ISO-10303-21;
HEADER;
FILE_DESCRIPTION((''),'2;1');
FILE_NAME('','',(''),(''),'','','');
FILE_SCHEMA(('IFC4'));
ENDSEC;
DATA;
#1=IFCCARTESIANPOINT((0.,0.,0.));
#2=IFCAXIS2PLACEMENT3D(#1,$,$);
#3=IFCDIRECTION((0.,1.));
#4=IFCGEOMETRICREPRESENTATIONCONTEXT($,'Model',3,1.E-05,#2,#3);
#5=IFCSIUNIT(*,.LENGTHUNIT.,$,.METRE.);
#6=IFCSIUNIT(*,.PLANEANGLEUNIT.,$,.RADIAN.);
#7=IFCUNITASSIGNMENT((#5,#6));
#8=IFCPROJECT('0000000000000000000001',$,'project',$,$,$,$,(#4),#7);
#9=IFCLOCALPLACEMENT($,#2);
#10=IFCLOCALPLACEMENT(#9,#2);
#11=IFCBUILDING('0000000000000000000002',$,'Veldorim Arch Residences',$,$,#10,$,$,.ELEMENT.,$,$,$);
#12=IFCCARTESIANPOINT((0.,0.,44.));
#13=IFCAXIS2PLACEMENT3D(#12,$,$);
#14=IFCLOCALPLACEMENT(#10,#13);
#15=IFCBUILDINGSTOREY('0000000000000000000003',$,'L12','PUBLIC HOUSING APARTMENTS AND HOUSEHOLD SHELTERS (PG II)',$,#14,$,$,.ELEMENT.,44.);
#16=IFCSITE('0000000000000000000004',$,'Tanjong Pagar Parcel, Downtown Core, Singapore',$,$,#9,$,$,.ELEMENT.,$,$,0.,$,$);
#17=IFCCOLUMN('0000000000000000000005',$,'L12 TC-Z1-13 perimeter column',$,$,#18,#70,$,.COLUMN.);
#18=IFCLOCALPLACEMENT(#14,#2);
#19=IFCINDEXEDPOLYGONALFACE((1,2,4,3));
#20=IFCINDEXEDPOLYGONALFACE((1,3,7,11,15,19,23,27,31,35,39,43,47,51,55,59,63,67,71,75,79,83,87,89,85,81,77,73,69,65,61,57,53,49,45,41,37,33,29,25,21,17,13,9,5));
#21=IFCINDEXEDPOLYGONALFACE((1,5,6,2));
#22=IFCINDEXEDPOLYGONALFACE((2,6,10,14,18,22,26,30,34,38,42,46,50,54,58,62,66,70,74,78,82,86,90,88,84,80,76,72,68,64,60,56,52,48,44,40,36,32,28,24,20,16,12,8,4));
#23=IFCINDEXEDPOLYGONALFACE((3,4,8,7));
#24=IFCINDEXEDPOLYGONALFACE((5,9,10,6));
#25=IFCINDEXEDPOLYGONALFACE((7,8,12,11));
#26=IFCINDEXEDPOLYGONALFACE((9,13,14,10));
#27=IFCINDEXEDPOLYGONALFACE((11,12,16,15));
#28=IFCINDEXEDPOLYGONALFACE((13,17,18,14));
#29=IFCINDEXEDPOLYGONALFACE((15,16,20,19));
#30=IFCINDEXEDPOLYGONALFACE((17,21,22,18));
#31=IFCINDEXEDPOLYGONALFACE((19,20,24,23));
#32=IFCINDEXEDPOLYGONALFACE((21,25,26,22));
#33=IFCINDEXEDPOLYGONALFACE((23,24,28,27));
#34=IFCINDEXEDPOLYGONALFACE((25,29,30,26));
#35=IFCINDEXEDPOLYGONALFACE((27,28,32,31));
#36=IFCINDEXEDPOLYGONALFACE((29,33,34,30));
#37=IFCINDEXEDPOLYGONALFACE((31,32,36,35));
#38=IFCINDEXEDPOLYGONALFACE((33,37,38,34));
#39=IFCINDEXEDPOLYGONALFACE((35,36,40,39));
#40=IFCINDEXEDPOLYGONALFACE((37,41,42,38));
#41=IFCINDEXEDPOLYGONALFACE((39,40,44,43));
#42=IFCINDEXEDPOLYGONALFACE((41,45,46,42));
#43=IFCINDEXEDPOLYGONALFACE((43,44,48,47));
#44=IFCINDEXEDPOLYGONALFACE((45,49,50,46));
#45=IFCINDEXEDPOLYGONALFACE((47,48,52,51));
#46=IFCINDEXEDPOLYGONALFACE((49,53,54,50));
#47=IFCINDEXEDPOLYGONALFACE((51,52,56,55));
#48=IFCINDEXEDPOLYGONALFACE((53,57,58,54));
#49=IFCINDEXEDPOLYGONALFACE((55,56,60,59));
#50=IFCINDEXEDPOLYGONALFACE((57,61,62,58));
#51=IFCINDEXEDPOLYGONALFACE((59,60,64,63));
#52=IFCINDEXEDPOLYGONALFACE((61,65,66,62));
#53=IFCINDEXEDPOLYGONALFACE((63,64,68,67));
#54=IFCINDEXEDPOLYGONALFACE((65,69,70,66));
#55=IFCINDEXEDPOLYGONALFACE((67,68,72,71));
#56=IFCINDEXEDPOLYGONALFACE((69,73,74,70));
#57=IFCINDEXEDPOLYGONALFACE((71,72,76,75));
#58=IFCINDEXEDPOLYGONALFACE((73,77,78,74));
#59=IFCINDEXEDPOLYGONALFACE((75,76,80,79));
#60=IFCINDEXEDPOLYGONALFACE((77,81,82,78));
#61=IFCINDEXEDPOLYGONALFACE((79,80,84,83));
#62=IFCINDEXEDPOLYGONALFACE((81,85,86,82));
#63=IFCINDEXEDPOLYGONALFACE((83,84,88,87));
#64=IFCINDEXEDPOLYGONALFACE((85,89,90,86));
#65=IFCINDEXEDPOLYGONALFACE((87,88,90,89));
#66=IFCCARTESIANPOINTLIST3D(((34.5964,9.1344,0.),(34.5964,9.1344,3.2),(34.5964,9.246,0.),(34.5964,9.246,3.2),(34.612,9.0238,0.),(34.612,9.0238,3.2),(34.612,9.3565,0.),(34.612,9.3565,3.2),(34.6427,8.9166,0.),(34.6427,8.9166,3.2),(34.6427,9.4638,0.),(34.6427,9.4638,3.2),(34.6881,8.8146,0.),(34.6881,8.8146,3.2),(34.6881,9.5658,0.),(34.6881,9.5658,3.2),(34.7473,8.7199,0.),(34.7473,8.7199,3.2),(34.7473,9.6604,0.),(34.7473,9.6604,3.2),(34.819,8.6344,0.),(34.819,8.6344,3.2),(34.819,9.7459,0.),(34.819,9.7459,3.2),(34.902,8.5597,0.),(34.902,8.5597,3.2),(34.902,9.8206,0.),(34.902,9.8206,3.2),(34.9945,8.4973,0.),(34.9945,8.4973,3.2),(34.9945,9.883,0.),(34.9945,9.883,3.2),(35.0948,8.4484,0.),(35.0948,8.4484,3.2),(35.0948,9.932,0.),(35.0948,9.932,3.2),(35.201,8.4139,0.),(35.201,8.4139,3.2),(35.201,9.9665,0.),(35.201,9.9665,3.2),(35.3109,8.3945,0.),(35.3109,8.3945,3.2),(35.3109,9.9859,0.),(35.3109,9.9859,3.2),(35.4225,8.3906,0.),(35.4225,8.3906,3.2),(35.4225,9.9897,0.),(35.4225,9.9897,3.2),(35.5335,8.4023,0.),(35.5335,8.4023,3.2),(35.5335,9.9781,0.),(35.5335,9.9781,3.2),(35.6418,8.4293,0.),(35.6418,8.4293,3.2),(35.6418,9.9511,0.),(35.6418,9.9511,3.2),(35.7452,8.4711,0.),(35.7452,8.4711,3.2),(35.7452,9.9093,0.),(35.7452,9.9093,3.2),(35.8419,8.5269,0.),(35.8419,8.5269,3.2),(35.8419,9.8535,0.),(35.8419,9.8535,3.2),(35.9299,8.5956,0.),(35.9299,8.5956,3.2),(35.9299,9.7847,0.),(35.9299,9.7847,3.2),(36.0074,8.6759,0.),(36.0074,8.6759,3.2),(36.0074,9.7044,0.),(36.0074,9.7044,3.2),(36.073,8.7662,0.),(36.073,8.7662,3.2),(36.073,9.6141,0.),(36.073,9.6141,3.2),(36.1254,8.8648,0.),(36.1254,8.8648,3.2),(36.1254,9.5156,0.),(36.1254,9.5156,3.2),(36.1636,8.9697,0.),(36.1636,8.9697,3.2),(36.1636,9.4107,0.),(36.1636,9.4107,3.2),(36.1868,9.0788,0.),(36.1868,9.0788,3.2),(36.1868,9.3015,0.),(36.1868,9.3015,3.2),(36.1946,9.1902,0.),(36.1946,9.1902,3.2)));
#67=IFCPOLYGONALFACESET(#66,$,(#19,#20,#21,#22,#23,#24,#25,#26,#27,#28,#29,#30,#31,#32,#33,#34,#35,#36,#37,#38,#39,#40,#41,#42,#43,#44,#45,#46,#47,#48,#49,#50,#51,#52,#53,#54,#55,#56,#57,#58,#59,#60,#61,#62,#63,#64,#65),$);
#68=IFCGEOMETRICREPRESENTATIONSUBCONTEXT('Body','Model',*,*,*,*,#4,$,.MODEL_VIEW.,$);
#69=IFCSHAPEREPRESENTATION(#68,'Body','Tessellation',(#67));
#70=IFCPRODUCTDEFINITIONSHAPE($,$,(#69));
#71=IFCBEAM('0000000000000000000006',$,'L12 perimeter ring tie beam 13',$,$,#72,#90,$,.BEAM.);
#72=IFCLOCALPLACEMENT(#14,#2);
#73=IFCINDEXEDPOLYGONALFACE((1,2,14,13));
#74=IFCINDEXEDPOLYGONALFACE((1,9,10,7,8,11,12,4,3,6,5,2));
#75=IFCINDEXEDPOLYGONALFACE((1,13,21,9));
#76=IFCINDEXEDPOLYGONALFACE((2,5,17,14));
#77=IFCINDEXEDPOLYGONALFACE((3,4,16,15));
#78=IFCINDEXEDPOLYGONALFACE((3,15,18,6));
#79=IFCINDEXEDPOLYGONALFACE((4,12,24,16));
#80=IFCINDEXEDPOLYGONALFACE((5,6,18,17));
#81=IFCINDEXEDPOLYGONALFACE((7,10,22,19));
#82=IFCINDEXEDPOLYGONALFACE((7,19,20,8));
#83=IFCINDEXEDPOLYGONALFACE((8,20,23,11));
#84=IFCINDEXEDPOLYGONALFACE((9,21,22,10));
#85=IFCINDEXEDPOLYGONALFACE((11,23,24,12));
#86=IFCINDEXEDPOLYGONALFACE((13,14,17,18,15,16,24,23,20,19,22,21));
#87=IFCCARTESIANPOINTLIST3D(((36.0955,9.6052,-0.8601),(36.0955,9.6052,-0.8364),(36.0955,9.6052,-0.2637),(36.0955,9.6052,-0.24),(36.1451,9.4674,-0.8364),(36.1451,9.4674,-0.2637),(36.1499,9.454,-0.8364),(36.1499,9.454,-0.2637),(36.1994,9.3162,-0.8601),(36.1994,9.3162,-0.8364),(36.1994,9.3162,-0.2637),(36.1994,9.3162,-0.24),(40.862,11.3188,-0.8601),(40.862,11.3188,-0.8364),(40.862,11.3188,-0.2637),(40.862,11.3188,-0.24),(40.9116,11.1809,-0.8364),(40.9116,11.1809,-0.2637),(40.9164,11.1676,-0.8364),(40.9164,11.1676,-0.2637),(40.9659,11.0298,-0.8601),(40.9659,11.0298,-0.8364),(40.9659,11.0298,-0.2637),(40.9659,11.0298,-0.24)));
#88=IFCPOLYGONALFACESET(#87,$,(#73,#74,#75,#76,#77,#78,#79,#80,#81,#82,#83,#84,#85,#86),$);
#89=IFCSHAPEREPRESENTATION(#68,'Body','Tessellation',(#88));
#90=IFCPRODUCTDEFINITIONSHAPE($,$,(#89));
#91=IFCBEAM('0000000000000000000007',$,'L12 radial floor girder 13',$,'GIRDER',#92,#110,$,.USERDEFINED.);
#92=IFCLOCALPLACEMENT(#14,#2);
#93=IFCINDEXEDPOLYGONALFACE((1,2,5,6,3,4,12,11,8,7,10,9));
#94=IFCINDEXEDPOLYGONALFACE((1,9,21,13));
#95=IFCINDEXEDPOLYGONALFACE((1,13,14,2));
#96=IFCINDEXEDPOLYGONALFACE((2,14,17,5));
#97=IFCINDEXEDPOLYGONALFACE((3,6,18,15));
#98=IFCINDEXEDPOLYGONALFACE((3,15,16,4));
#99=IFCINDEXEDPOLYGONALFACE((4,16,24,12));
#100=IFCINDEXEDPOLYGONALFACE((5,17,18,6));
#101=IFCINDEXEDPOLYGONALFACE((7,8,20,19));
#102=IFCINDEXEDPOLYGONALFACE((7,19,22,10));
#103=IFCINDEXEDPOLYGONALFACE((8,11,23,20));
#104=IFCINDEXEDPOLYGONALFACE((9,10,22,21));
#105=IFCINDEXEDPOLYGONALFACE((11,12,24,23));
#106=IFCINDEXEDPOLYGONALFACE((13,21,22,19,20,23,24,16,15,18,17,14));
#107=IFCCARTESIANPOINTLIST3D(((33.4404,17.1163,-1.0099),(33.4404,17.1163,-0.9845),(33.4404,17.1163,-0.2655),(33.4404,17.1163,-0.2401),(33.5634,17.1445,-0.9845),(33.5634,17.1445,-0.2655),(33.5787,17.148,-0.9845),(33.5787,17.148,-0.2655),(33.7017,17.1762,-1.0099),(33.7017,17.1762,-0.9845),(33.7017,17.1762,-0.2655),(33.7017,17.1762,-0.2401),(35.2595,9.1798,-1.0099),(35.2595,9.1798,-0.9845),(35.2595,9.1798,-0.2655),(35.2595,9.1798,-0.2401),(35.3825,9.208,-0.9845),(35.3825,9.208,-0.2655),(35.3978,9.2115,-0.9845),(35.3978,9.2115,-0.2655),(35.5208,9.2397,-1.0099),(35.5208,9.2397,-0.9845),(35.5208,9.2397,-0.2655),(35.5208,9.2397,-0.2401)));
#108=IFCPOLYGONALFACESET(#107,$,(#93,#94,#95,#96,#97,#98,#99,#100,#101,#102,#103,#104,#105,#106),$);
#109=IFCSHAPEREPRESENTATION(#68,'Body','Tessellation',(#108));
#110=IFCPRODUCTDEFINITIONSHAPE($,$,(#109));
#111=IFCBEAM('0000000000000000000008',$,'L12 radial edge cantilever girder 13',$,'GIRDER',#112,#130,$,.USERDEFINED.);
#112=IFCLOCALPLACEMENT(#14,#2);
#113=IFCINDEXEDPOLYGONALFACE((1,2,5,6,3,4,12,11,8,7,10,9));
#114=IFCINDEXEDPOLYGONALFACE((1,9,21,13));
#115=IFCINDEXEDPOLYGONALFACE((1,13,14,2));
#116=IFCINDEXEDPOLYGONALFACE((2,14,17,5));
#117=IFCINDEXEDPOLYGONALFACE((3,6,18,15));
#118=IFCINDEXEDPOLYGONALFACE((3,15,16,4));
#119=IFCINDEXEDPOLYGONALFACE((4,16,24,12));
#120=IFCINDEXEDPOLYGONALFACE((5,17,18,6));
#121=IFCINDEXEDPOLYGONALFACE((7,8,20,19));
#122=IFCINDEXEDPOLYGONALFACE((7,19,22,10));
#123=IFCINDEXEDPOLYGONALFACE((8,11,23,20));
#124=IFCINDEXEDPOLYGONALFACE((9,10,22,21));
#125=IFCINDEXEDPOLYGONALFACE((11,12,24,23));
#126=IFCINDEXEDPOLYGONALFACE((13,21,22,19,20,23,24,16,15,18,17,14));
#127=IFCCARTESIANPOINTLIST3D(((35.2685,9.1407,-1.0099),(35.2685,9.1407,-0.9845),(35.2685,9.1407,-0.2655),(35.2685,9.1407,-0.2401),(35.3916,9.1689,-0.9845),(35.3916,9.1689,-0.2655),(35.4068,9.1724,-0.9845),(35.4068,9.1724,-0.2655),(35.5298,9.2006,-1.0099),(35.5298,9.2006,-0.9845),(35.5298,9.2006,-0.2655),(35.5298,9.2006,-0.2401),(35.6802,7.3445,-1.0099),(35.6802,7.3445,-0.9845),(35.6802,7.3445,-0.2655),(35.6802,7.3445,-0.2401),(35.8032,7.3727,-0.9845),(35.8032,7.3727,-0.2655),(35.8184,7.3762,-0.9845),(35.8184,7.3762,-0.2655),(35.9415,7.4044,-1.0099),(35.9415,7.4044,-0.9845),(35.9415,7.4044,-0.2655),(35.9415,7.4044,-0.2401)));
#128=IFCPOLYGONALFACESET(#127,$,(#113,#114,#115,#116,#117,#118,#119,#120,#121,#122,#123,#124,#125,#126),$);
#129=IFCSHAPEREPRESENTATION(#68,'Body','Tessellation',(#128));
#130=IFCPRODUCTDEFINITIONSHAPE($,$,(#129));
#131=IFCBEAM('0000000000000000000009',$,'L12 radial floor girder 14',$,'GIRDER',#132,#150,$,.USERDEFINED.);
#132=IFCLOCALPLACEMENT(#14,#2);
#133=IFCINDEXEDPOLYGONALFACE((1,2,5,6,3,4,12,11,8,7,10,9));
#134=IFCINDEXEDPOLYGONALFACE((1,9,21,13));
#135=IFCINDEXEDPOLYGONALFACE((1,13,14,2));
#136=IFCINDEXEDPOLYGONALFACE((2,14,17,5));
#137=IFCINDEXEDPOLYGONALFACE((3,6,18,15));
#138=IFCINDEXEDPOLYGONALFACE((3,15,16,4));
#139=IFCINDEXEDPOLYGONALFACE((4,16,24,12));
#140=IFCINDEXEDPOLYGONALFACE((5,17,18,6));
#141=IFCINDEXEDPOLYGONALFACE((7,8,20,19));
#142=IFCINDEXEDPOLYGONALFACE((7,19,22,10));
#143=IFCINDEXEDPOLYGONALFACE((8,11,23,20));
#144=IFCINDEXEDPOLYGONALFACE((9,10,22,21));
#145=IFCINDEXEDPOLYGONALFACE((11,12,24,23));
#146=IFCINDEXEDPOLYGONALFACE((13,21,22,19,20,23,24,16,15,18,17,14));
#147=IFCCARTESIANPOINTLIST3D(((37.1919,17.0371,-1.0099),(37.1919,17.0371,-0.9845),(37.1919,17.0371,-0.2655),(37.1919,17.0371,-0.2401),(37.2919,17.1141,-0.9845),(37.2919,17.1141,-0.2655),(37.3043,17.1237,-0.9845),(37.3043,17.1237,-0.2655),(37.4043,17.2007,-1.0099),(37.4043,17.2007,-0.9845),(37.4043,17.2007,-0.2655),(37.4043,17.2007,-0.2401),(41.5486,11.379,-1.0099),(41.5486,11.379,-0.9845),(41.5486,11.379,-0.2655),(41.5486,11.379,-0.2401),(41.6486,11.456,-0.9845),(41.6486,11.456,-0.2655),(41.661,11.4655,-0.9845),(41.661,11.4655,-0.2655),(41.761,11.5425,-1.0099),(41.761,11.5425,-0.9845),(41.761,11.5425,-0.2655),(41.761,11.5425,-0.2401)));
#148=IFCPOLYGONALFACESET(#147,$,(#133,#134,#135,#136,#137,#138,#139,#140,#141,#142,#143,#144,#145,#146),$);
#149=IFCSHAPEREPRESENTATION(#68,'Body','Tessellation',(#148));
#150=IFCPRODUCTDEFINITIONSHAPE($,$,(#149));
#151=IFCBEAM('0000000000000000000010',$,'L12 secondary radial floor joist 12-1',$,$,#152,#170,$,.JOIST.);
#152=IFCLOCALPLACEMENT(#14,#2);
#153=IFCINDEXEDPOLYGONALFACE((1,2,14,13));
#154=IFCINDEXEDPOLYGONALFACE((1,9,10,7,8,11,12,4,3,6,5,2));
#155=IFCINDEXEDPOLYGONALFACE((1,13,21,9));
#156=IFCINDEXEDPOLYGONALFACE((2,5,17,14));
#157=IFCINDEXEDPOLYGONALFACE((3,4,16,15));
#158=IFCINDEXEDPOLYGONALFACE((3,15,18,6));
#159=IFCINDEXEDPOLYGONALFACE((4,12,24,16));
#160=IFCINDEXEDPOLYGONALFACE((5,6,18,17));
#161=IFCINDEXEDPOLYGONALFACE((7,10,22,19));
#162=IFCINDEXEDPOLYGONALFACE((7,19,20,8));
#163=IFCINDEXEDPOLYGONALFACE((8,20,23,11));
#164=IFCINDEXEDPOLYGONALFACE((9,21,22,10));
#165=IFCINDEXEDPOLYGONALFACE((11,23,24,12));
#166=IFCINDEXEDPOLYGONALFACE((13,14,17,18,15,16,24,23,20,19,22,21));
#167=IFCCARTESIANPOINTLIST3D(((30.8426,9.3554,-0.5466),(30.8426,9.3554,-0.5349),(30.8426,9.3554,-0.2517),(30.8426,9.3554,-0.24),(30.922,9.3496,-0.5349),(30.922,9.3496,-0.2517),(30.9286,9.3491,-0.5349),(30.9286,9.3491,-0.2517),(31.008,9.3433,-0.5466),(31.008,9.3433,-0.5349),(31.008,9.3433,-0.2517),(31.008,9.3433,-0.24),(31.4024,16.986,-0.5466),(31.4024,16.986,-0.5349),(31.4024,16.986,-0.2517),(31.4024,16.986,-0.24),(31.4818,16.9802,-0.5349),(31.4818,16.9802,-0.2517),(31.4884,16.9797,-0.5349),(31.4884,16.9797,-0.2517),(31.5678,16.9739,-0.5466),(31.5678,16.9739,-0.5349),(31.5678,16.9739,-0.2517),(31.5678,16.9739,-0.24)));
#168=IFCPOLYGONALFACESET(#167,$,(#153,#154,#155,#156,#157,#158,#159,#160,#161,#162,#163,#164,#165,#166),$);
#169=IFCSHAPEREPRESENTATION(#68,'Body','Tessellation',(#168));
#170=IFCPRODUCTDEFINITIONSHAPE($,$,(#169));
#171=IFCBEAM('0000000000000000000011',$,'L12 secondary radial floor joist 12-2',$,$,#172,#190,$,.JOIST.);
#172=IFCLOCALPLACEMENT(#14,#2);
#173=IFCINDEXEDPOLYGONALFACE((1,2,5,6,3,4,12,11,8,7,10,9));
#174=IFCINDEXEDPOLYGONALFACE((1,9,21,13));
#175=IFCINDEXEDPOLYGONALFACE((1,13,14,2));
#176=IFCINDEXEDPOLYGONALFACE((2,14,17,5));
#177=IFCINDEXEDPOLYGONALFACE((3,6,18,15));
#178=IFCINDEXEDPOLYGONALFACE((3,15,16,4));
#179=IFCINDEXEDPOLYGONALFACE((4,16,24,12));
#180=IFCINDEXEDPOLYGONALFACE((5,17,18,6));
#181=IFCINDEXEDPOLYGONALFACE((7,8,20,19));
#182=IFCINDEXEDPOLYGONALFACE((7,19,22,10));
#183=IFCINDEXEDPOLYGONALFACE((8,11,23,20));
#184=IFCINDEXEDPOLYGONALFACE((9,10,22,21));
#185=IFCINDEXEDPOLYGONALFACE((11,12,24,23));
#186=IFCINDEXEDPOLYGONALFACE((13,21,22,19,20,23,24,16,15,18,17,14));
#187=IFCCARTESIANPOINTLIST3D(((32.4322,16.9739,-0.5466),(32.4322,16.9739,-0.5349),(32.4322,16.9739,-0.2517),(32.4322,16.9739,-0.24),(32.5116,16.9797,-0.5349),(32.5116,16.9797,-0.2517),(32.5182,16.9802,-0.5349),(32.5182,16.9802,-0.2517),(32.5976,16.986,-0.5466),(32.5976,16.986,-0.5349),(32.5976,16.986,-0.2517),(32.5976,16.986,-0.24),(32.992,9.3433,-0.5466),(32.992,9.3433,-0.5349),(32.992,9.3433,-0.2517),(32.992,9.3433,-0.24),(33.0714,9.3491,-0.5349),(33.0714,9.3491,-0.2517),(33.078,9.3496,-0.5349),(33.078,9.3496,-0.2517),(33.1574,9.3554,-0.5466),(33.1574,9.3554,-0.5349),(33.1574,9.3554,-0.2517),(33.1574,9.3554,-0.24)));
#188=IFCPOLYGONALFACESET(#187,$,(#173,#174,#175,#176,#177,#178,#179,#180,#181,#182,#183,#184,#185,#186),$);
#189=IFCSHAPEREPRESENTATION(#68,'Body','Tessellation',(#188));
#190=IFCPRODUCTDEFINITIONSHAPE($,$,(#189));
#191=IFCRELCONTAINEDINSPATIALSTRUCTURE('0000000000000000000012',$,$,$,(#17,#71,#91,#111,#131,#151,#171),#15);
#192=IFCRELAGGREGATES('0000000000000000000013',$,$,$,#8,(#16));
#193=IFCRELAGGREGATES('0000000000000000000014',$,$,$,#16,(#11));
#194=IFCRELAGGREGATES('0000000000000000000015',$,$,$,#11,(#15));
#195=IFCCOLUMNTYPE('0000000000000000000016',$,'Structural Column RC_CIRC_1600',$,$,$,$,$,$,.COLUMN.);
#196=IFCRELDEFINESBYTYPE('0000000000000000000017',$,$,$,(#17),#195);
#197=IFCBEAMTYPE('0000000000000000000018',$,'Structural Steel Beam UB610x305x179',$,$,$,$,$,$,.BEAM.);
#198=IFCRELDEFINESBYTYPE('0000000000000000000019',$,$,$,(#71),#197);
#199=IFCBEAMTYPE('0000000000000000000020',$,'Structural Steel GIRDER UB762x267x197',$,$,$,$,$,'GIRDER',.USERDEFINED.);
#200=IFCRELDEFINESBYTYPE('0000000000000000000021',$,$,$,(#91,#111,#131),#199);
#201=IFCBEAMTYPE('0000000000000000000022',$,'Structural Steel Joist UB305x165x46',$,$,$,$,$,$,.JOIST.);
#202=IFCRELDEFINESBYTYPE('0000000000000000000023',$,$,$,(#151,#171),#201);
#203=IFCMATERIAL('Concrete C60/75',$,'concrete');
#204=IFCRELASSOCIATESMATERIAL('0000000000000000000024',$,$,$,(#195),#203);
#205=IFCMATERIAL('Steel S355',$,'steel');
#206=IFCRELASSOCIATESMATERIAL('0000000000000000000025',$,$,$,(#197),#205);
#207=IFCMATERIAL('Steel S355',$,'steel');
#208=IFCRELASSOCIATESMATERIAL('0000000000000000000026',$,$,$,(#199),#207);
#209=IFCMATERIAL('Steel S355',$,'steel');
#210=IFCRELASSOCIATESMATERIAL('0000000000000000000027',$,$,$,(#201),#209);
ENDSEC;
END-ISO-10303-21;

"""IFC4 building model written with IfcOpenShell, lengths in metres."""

from ifc_helpers import new_model, si_unit, direction, frame, origin, origin_2d, place, context, subcontext, project, spatial, circle, i_section, extrude, material, material_profile, profile_set, type_object, element, save


model = new_model("IFC4")

# Units and contexts
model_context = context("Model", 3, precision=1e-05, world=origin(), true_north=direction((0.0, 1.0)))
body_context = subcontext(model_context, "Body", "Model", "MODEL_VIEW")
ifc_project = project(units=[si_unit("LENGTHUNIT", "METRE"), si_unit("PLANEANGLEUNIT", "RADIAN")], contexts=[model_context])

# Site, building, storey
site_placement = place(None, origin())
site = spatial("IfcSite", under=ifc_project, at=site_placement, Name="Tanjong Pagar Parcel, Downtown Core, Singapore", CompositionType="ELEMENT", RefElevation=0.0)
building_placement = place(site_placement, origin())
building = spatial("IfcBuilding", under=site, at=building_placement, Name="Veldorim Arch Residences", CompositionType="ELEMENT")
storey_placement = place(building_placement, frame((0.0, 0.0, 44.0)))
storey = spatial("IfcBuildingStorey", under=building, at=storey_placement, Name="L12", Description="PUBLIC HOUSING APARTMENTS AND HOUSEHOLD SHELTERS (PG II)", CompositionType="ELEMENT", Elevation=44.0)

# Column
ifc_material_1 = material(Name="Concrete C60/75", Category="concrete")
ifc_material_profile_1 = material_profile(ifc_material_1, circle(Radius=0.8, at=origin_2d()), Name="RC_CIRC_1600")
ifc_profile_set_1 = profile_set([ifc_material_profile_1], Name="Concrete C60/75")
column_type = type_object("IfcColumnType", Name="Structural Column RC_CIRC_1600", PredefinedType="COLUMN", material=ifc_profile_set_1)
column_placement = place(storey_placement, frame((35.3945, 9.1902, 0.0), z_axis=(0.0, 0.0, 1.0), x_axis=(1.0, 0.0, 0.0)))
element("IfcColumn", 1, at=column_placement, inside=storey, type_object=column_type, Name="L12 TC-Z1-13 perimeter column", PredefinedType="COLUMN", context=body_context, shape_type="SweptSolid", body=[
    extrude(circle(Radius=0.8, at=origin_2d()), origin(), (0.0, 0.0, 1.0), 3.2),
])

# Beams
ifc_material_2 = material(Name="Steel S355", Category="steel")
ifc_material_profile_2 = material_profile(ifc_material_2, i_section(OverallWidth=0.3071, OverallDepth=0.6201, WebThickness=0.0142, FlangeThickness=0.0237, at=origin_2d()), Name="UB610x305x179")
ifc_profile_set_2 = profile_set([ifc_material_profile_2], Name="Steel S355")
beam_type_1 = type_object("IfcBeamType", Name="Structural Steel Beam UB610x305x179", PredefinedType="BEAM", material=ifc_profile_set_2)
beam_1_placement = place(storey_placement, frame((36.1475, 9.4607, -0.55), z_axis=(0.941035, 0.338308, 0.0), x_axis=(-0.338308, 0.941035, 0.0)))
element("IfcBeam", 2, at=beam_1_placement, inside=storey, type_object=beam_type_1, Name="L12 perimeter ring tie beam 13", PredefinedType="BEAM", context=body_context, shape_type="SweptSolid", body=[
    extrude(i_section(OverallWidth=0.3071, OverallDepth=0.6201, WebThickness=0.0142, FlangeThickness=0.0237, at=origin_2d()), origin(), (0.0, 0.0, 1.0), 5.0652),
])
ifc_material_3 = material(Name="Steel S355", Category="steel")
ifc_material_profile_3 = material_profile(ifc_material_3, i_section(OverallWidth=0.2681, OverallDepth=0.7698, WebThickness=0.0156, FlangeThickness=0.0254, at=origin_2d()), Name="UB762x267x197")
ifc_profile_set_3 = profile_set([ifc_material_profile_3], Name="Steel S355")
beam_type_2 = type_object("IfcBeamType", Name="Structural Steel GIRDER UB762x267x197", ElementType="GIRDER", PredefinedType="USERDEFINED", material=ifc_profile_set_3)
beam_2_placement = place(storey_placement, frame((33.571, 17.1462, -0.625), z_axis=(0.223412, -0.974724, 0.0), x_axis=(0.974724, 0.223412, 0.0)))
element("IfcBeam", 3, at=beam_2_placement, inside=storey, type_object=beam_type_2, Name="L12 radial floor girder 13", ObjectType="GIRDER", PredefinedType="USERDEFINED", context=body_context, shape_type="SweptSolid", body=[
    extrude(i_section(OverallWidth=0.2681, OverallDepth=0.7698, WebThickness=0.0156, FlangeThickness=0.0254, at=origin_2d()), origin(), (0.0, 0.0, 1.0), 8.1423),
])
beam_3_placement = place(storey_placement, frame((35.3992, 9.1707, -0.625), z_axis=(0.223379, -0.974732, 0.0), x_axis=(0.974732, 0.223379, 0.0)))
element("IfcBeam", 4, at=beam_3_placement, inside=storey, type_object=beam_type_2, Name="L12 radial edge cantilever girder 13", ObjectType="GIRDER", PredefinedType="USERDEFINED", context=body_context, shape_type="SweptSolid", body=[
    extrude(i_section(OverallWidth=0.2681, OverallDepth=0.7698, WebThickness=0.0156, FlangeThickness=0.0254, at=origin_2d()), origin(), (0.0, 0.0, 1.0), 1.8428),
])
beam_4_placement = place(storey_placement, frame((37.2981, 17.1189, -0.625), z_axis=(0.610082, -0.792338, 0.0), x_axis=(0.792338, 0.610082, 0.0)))
element("IfcBeam", 5, at=beam_4_placement, inside=storey, type_object=beam_type_2, Name="L12 radial floor girder 14", ObjectType="GIRDER", PredefinedType="USERDEFINED", context=body_context, shape_type="SweptSolid", body=[
    extrude(i_section(OverallWidth=0.2681, OverallDepth=0.7698, WebThickness=0.0156, FlangeThickness=0.0254, at=origin_2d()), origin(), (0.0, 0.0, 1.0), 7.1411),
])
ifc_material_4 = material(Name="Steel S355", Category="steel")
ifc_material_profile_4 = material_profile(ifc_material_4, i_section(OverallWidth=0.1658, OverallDepth=0.3066, WebThickness=0.0066, FlangeThickness=0.0117, at=origin_2d()), Name="UB305x165x46")
ifc_profile_set_4 = profile_set([ifc_material_profile_4], Name="Steel S355")
beam_type_3 = type_object("IfcBeamType", Name="Structural Steel Joist UB305x165x46", PredefinedType="JOIST", material=ifc_profile_set_4)
for number, where, z_axis, x_axis, name in (
    (6, (31.4851, 16.98, -0.3933), (-0.073168, -0.99732, 0.0), (0.99732, -0.073168, 0.0), "L12 secondary radial floor joist 12-1"),
    (7, (32.5149, 16.98, -0.3933), (0.073168, -0.99732, 0.0), (0.99732, 0.073168, 0.0), "L12 secondary radial floor joist 12-2"),
):
    element("IfcBeam", number, at=place(storey_placement, frame(where, z_axis=z_axis, x_axis=x_axis)), inside=storey, type_object=beam_type_3, Name=name, PredefinedType="JOIST", context=body_context, shape_type="SweptSolid", body=[
        extrude(i_section(OverallWidth=0.1658, OverallDepth=0.3066, WebThickness=0.0066, FlangeThickness=0.0117, at=origin_2d()), origin(), (0.0, 0.0, 1.0), 7.6511),
    ])

save(model, "model.ifc")
